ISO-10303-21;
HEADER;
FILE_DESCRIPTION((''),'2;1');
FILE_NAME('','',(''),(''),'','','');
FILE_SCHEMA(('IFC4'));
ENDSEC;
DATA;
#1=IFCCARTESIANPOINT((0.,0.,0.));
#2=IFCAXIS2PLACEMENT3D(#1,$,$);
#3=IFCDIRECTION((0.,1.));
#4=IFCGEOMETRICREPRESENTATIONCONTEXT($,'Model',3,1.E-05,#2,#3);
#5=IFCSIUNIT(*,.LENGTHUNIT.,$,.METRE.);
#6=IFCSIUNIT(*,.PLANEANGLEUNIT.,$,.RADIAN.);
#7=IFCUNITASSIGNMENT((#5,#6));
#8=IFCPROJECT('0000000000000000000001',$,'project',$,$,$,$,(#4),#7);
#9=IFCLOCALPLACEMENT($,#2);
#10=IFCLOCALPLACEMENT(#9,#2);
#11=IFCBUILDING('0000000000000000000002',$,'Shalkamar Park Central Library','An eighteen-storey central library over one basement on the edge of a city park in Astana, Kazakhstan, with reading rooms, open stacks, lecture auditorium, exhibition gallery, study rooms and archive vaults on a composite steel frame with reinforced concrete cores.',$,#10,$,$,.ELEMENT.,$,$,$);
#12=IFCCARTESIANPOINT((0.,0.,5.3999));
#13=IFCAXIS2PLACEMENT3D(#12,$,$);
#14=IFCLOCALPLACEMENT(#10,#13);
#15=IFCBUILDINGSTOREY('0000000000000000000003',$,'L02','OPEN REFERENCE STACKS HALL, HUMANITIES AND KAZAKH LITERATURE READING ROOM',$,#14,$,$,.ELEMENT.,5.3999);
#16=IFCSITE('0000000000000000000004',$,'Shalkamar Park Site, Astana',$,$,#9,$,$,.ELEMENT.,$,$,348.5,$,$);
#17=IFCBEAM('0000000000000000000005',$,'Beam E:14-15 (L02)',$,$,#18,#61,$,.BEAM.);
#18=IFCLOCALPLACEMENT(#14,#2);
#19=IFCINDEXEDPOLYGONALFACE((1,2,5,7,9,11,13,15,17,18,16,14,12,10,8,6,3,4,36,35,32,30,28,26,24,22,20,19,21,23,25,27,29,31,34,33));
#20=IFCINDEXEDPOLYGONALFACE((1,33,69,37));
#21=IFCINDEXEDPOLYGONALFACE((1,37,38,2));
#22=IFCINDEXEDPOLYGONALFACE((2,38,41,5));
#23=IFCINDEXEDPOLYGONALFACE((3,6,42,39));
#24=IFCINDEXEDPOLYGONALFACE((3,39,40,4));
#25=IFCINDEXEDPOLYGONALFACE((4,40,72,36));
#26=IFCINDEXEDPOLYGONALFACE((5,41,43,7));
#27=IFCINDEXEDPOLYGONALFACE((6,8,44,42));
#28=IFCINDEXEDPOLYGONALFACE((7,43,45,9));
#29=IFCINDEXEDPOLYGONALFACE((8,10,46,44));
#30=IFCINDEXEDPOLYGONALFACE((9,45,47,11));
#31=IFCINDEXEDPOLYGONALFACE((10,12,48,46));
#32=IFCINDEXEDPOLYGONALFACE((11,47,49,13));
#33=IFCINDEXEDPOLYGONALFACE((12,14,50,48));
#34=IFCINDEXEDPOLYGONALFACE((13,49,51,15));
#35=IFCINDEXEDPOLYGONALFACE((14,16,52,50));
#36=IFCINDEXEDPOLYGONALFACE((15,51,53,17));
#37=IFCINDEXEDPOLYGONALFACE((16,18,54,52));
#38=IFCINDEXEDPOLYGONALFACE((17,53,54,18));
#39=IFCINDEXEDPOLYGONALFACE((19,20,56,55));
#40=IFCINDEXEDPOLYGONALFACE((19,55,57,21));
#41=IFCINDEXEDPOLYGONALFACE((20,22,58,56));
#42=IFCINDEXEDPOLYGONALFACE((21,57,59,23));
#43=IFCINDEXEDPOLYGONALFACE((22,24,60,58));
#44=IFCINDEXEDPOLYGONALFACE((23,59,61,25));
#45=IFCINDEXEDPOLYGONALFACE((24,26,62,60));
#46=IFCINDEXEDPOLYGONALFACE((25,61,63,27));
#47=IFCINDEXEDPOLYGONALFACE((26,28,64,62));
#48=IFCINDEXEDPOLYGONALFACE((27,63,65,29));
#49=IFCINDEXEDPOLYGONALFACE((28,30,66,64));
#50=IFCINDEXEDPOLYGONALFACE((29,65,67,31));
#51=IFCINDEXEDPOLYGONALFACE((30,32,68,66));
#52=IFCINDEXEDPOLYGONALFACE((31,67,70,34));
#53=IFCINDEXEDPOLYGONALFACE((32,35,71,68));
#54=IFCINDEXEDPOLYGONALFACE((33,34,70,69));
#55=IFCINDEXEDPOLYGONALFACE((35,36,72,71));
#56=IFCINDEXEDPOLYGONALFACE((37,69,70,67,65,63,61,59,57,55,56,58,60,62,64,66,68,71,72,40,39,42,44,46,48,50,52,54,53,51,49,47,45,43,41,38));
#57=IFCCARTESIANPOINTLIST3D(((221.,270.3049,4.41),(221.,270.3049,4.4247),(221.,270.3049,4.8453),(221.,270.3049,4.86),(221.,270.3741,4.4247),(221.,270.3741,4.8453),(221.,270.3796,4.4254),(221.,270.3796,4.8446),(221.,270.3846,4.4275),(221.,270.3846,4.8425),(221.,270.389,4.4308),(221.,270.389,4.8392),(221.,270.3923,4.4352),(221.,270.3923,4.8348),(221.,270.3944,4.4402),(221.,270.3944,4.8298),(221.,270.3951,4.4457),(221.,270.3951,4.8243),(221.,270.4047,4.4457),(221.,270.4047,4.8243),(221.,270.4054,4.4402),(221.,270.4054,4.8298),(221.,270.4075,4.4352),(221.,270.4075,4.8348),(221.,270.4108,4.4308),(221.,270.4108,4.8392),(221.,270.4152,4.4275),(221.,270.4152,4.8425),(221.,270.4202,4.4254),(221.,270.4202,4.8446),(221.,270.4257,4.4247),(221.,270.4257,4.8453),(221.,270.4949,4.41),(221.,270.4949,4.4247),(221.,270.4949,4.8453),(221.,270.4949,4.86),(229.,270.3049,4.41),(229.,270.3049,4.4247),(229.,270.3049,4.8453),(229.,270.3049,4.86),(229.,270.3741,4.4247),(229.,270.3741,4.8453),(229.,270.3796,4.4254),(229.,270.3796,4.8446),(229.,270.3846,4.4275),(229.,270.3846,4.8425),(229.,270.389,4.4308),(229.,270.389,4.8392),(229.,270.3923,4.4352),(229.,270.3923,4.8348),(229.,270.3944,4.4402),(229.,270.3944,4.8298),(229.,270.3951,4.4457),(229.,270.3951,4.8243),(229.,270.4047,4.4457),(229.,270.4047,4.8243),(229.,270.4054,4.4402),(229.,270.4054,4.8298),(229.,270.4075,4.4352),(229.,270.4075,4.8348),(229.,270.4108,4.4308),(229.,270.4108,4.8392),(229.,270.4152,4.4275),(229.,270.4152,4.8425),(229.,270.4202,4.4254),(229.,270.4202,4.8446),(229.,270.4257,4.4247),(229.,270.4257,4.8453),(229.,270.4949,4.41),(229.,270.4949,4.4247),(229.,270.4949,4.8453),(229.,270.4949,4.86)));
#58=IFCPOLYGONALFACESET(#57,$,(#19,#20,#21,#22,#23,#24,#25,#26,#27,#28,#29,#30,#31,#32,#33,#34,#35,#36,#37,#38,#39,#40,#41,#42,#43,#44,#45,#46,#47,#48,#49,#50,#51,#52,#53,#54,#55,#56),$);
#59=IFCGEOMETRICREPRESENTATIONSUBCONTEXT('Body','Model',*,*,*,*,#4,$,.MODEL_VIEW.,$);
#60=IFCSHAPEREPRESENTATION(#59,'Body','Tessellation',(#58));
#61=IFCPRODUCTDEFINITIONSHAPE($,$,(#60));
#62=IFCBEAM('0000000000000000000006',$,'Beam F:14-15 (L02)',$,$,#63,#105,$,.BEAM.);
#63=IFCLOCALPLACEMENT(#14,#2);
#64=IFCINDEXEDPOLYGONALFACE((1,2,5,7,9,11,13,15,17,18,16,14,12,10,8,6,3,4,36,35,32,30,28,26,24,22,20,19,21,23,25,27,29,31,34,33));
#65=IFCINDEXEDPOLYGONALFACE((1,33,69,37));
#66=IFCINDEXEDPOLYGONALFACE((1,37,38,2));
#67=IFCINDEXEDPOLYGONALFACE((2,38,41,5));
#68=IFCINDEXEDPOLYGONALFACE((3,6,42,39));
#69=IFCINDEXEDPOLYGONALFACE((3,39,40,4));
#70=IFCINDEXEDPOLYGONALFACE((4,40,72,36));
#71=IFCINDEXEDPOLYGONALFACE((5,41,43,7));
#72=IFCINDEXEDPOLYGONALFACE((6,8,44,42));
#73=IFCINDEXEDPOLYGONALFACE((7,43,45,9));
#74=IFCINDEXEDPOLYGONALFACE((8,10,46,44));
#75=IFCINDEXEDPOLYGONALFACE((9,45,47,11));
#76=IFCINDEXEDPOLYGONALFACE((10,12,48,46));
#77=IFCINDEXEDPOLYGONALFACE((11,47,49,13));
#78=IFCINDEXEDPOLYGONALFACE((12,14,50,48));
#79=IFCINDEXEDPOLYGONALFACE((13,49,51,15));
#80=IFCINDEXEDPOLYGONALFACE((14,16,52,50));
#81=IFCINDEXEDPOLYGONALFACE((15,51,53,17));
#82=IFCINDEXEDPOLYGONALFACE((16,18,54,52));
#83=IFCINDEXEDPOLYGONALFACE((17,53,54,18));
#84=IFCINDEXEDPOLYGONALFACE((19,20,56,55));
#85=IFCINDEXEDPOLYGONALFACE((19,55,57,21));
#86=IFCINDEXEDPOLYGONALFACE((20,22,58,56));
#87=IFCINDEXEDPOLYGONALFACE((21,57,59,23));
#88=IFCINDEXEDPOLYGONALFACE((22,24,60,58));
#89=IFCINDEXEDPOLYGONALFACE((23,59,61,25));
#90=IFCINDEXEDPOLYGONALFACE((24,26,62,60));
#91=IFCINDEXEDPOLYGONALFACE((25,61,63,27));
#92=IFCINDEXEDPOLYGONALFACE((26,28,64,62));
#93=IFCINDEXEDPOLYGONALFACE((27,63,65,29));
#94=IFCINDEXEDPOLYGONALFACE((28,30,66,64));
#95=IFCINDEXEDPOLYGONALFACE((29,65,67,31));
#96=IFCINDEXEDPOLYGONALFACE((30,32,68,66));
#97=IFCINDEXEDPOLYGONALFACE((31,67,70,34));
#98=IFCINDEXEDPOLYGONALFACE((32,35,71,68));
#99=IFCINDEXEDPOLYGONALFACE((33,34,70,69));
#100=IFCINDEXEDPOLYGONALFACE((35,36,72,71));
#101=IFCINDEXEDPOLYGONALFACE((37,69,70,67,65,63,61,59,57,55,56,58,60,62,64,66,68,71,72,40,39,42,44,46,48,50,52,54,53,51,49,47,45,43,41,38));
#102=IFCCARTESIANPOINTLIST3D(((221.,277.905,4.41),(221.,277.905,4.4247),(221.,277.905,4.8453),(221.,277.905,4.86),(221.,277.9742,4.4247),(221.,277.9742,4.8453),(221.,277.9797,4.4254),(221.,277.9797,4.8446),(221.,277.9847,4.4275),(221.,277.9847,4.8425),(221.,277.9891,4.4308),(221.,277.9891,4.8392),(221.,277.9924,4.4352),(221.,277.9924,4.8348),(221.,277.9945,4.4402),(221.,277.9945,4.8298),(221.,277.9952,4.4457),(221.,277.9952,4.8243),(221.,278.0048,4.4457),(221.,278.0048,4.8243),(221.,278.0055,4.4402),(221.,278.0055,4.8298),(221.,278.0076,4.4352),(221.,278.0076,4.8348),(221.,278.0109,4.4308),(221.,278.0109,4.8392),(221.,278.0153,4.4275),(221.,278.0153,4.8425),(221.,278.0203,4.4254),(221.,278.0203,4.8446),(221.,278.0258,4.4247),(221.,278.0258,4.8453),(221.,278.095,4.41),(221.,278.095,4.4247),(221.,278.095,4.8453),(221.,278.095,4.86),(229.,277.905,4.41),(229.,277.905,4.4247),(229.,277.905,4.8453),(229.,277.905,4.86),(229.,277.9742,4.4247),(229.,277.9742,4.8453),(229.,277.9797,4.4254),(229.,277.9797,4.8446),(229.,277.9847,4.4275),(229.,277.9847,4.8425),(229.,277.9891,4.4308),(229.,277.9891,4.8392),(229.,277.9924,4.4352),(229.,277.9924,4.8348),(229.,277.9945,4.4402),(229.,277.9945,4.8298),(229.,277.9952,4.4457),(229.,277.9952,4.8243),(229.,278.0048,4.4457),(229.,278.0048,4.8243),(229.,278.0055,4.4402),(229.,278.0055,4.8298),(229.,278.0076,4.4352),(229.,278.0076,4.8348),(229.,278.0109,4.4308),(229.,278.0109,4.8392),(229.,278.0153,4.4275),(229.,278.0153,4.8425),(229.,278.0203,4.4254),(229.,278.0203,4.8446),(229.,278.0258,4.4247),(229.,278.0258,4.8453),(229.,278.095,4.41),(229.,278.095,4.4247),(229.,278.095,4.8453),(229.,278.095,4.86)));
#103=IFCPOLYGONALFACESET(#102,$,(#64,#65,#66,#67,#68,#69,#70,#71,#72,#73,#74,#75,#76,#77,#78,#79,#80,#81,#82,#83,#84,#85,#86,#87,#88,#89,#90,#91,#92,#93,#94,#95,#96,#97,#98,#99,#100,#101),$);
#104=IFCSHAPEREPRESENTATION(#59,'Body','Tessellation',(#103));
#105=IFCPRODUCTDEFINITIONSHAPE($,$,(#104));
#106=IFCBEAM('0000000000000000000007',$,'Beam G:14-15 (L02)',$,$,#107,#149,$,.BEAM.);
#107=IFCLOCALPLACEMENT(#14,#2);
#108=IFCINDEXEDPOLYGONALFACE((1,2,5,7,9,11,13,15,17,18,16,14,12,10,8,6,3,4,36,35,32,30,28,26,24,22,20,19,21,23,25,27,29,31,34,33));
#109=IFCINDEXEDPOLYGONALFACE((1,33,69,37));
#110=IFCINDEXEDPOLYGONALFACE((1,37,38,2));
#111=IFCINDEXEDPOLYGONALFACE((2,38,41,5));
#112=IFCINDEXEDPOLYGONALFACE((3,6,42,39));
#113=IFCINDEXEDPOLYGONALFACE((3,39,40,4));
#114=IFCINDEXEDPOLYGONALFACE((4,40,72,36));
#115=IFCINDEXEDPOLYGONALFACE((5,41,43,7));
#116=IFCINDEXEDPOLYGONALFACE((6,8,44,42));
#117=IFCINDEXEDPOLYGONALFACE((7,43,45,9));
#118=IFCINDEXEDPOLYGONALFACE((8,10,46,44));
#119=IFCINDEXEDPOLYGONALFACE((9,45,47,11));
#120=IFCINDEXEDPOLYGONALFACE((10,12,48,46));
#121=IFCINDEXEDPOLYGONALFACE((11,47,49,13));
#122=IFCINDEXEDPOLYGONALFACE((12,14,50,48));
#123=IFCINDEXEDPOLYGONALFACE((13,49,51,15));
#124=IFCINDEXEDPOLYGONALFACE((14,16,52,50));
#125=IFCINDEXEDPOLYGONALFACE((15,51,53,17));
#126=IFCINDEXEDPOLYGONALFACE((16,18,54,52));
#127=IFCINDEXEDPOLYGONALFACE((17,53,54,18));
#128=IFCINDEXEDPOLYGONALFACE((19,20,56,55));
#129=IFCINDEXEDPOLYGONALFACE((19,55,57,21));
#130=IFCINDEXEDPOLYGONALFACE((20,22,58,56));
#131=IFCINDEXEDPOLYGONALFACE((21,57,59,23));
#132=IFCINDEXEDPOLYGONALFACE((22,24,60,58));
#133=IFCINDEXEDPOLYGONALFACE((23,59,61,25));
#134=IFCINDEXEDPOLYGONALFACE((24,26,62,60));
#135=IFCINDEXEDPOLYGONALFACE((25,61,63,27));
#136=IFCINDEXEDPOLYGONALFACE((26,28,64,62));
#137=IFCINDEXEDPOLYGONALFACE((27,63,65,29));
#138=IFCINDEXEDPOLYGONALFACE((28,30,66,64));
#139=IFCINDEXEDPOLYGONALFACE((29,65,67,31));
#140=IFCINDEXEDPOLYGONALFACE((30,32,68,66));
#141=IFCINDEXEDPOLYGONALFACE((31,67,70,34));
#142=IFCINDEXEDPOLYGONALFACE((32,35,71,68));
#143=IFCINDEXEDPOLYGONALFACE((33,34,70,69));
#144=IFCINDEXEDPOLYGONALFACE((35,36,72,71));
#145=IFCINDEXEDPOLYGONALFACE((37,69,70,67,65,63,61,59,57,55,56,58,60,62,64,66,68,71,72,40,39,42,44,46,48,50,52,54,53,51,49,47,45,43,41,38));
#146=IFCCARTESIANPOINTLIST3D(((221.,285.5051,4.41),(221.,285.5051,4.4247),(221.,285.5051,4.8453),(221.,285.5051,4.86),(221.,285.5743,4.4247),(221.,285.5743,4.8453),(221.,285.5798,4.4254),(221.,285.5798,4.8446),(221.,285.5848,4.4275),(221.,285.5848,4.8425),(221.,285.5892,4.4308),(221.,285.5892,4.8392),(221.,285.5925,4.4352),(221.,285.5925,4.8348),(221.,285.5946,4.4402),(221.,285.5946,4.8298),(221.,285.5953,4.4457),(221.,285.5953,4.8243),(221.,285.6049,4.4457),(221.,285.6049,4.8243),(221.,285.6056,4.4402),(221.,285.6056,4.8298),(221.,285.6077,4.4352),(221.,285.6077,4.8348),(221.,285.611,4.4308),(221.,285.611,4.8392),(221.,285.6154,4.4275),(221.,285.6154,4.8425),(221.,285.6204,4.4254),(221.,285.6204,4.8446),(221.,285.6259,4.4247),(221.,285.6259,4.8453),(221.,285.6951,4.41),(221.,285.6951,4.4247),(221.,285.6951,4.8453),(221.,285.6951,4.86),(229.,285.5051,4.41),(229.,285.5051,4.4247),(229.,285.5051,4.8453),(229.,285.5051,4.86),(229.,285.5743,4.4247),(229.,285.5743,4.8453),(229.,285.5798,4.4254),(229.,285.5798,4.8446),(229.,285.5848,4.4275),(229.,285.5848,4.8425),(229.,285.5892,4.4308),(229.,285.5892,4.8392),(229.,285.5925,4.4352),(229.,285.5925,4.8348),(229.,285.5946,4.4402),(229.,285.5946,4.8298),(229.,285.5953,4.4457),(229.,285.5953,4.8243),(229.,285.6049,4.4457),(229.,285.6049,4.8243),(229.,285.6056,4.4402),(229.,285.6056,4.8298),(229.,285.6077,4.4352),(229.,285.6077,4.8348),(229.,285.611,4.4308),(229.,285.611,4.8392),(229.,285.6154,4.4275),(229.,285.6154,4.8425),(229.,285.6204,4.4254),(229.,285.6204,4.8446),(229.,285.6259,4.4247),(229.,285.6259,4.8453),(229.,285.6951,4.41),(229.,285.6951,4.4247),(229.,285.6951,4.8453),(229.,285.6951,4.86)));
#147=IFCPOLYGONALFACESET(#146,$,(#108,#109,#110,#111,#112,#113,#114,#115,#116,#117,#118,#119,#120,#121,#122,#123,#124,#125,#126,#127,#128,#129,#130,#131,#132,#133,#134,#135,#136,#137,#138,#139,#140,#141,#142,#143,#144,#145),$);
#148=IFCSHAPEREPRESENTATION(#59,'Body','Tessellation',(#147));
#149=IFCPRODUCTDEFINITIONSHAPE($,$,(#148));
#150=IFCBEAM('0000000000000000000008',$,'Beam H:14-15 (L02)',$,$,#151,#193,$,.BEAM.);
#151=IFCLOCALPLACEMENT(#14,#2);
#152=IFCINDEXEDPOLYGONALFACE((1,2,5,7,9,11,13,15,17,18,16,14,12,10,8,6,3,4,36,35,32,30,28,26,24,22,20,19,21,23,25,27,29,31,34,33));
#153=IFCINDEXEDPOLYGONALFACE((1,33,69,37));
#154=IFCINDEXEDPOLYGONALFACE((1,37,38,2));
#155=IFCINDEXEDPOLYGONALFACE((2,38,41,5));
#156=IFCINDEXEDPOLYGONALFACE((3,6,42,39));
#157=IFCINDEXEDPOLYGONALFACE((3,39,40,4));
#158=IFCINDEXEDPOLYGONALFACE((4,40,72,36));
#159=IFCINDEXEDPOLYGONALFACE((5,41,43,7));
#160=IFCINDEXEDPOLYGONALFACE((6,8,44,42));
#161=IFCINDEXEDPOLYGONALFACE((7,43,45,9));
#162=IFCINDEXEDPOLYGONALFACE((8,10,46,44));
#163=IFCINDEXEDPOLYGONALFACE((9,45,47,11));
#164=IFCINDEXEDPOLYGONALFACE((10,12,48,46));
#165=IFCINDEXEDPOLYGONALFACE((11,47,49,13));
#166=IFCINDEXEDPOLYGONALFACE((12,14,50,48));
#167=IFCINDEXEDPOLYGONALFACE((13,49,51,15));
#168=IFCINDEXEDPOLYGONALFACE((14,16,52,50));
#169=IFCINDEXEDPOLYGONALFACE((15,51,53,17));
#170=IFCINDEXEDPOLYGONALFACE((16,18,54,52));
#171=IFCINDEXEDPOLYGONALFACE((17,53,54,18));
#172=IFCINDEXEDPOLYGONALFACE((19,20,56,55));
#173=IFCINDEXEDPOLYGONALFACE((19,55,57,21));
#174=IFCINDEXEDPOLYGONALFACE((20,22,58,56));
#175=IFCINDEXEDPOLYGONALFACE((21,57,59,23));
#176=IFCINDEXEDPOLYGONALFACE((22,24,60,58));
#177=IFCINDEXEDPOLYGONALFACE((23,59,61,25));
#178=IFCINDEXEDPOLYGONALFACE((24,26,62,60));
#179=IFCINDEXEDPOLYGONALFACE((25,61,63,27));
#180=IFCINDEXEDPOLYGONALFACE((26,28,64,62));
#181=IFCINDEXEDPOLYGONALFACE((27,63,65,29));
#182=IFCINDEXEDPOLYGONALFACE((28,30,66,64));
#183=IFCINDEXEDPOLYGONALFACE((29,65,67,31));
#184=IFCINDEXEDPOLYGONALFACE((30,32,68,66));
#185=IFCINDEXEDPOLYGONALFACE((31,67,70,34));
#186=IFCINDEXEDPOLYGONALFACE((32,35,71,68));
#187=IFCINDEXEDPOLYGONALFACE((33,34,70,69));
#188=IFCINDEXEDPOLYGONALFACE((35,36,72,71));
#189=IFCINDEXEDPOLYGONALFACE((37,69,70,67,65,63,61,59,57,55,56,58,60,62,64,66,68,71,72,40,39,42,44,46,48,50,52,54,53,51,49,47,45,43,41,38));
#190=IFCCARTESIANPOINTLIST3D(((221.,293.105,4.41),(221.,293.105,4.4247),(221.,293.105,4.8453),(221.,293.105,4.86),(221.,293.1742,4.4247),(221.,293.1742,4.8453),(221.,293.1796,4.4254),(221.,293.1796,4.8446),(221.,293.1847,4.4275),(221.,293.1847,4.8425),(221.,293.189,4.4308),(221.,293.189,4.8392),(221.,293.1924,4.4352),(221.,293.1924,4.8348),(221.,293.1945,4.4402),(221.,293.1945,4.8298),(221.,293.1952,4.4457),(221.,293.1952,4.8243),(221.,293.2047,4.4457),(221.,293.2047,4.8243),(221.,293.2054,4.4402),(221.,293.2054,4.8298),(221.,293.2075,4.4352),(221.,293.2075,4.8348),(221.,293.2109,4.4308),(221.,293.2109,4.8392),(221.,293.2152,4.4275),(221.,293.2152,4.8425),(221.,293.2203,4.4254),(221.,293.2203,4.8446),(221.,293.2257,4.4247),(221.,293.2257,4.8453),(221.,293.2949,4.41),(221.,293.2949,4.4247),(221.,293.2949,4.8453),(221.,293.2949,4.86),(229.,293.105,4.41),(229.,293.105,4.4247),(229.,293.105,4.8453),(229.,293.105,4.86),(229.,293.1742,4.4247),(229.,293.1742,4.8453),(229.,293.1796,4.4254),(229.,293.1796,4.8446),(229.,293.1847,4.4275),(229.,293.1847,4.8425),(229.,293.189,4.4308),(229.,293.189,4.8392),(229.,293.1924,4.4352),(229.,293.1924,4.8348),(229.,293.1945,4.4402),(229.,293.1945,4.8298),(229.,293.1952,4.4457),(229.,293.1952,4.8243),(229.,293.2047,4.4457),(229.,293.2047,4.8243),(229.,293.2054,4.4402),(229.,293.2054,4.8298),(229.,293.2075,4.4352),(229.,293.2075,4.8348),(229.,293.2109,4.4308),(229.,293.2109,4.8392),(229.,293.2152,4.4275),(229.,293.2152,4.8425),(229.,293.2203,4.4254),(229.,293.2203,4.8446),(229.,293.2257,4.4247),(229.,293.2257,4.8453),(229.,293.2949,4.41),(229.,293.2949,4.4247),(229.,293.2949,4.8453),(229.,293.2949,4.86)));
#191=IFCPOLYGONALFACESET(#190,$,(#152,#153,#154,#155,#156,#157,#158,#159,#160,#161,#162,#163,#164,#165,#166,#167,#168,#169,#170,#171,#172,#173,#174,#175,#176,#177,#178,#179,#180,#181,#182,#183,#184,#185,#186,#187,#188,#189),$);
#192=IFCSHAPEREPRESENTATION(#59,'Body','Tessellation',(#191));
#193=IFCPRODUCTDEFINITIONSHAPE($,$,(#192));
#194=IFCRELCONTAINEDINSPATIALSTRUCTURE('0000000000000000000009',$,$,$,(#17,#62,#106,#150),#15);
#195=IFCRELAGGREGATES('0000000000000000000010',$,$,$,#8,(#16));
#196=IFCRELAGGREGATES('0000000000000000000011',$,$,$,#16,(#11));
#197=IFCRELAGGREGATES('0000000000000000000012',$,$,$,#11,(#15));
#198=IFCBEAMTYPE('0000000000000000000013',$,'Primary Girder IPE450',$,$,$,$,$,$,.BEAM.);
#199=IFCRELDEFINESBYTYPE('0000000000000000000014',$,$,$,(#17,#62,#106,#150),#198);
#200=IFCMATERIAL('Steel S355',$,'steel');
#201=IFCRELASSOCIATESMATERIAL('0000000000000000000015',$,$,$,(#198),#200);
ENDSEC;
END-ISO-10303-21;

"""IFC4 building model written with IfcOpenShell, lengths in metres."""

from ifc_helpers import new_model, si_unit, direction, frame, origin, origin_2d, place, context, subcontext, project, spatial, i_section, extrude, material, material_profile, profile_set, type_object, element, save


model = new_model("IFC4")

# Units and contexts
model_context = context("Model", 3, precision=1e-05, world=origin(), true_north=direction((0.0, 1.0)))
body_context = subcontext(model_context, "Body", "Model", "MODEL_VIEW")
ifc_project = project(units=[si_unit("LENGTHUNIT", "METRE"), si_unit("PLANEANGLEUNIT", "RADIAN")], contexts=[model_context])

# Site, building, storey
site_placement = place(None, origin())
site = spatial("IfcSite", under=ifc_project, at=site_placement, Name="Shalkamar Park Site, Astana", CompositionType="ELEMENT", RefElevation=348.5)
building_placement = place(site_placement, origin())
building = spatial("IfcBuilding", under=site, at=building_placement, Name="Shalkamar Park Central Library", Description="An eighteen-storey central library over one basement on the edge of a city park in Astana, Kazakhstan, with reading rooms, open stacks, lecture auditorium, exhibition gallery, study rooms and archive vaults on a composite steel frame with reinforced concrete cores.", CompositionType="ELEMENT")
storey_placement = place(building_placement, frame((0.0, 0.0, 5.3999)))
storey = spatial("IfcBuildingStorey", under=building, at=storey_placement, Name="L02", Description="OPEN REFERENCE STACKS HALL, HUMANITIES AND KAZAKH LITERATURE READING ROOM", CompositionType="ELEMENT", Elevation=5.3999)

# Shared definitions
ifc_material = material(Name="Steel S355", Category="steel")

# Beams
ifc_material_profile_1 = material_profile(ifc_material, i_section(OverallWidth=0.1899, OverallDepth=0.45, WebThickness=0.0095, FlangeThickness=0.0146, FilletRadius=0.021, at=origin_2d()), Name="IPE 450")
ifc_profile_set_1 = profile_set([ifc_material_profile_1], Name="Steel S355")
beam_type_1 = type_object("IfcBeamType", Name="Primary Girder IPE450", PredefinedType="BEAM", material=ifc_profile_set_1)
for number, where, z_axis, x_axis, name in (
    (1, (221.0, 270.3999, 4.635), (1.0, 0.0, 0.0), (0.0, 1.0, 0.0), "Beam E:14-15 (L02)"),
    (2, (221.0, 278.0, 4.635), (1.0, 0.0, 0.0), (0.0, 1.0, 0.0), "Beam F:14-15 (L02)"),
    (3, (221.0, 285.6001, 4.635), (1.0, 0.0, 0.0), (0.0, 1.0, 0.0), "Beam G:14-15 (L02)"),
    (4, (221.0, 293.2, 4.635), (1.0, 0.0, 0.0), (0.0, 1.0, 0.0), "Beam H:14-15 (L02)"),
):
    element("IfcBeam", number, at=place(storey_placement, frame(where, z_axis=z_axis, x_axis=x_axis)), inside=storey, type_object=beam_type_1, Name=name, PredefinedType="BEAM", context=body_context, shape_type="SweptSolid", body=[
        extrude(i_section(OverallWidth=0.1899, OverallDepth=0.45, WebThickness=0.0095, FlangeThickness=0.0146, FilletRadius=0.021, at=origin_2d()), origin(), (0.0, 0.0, 1.0), 8.0),
    ])

save(model, "model.ifc")
